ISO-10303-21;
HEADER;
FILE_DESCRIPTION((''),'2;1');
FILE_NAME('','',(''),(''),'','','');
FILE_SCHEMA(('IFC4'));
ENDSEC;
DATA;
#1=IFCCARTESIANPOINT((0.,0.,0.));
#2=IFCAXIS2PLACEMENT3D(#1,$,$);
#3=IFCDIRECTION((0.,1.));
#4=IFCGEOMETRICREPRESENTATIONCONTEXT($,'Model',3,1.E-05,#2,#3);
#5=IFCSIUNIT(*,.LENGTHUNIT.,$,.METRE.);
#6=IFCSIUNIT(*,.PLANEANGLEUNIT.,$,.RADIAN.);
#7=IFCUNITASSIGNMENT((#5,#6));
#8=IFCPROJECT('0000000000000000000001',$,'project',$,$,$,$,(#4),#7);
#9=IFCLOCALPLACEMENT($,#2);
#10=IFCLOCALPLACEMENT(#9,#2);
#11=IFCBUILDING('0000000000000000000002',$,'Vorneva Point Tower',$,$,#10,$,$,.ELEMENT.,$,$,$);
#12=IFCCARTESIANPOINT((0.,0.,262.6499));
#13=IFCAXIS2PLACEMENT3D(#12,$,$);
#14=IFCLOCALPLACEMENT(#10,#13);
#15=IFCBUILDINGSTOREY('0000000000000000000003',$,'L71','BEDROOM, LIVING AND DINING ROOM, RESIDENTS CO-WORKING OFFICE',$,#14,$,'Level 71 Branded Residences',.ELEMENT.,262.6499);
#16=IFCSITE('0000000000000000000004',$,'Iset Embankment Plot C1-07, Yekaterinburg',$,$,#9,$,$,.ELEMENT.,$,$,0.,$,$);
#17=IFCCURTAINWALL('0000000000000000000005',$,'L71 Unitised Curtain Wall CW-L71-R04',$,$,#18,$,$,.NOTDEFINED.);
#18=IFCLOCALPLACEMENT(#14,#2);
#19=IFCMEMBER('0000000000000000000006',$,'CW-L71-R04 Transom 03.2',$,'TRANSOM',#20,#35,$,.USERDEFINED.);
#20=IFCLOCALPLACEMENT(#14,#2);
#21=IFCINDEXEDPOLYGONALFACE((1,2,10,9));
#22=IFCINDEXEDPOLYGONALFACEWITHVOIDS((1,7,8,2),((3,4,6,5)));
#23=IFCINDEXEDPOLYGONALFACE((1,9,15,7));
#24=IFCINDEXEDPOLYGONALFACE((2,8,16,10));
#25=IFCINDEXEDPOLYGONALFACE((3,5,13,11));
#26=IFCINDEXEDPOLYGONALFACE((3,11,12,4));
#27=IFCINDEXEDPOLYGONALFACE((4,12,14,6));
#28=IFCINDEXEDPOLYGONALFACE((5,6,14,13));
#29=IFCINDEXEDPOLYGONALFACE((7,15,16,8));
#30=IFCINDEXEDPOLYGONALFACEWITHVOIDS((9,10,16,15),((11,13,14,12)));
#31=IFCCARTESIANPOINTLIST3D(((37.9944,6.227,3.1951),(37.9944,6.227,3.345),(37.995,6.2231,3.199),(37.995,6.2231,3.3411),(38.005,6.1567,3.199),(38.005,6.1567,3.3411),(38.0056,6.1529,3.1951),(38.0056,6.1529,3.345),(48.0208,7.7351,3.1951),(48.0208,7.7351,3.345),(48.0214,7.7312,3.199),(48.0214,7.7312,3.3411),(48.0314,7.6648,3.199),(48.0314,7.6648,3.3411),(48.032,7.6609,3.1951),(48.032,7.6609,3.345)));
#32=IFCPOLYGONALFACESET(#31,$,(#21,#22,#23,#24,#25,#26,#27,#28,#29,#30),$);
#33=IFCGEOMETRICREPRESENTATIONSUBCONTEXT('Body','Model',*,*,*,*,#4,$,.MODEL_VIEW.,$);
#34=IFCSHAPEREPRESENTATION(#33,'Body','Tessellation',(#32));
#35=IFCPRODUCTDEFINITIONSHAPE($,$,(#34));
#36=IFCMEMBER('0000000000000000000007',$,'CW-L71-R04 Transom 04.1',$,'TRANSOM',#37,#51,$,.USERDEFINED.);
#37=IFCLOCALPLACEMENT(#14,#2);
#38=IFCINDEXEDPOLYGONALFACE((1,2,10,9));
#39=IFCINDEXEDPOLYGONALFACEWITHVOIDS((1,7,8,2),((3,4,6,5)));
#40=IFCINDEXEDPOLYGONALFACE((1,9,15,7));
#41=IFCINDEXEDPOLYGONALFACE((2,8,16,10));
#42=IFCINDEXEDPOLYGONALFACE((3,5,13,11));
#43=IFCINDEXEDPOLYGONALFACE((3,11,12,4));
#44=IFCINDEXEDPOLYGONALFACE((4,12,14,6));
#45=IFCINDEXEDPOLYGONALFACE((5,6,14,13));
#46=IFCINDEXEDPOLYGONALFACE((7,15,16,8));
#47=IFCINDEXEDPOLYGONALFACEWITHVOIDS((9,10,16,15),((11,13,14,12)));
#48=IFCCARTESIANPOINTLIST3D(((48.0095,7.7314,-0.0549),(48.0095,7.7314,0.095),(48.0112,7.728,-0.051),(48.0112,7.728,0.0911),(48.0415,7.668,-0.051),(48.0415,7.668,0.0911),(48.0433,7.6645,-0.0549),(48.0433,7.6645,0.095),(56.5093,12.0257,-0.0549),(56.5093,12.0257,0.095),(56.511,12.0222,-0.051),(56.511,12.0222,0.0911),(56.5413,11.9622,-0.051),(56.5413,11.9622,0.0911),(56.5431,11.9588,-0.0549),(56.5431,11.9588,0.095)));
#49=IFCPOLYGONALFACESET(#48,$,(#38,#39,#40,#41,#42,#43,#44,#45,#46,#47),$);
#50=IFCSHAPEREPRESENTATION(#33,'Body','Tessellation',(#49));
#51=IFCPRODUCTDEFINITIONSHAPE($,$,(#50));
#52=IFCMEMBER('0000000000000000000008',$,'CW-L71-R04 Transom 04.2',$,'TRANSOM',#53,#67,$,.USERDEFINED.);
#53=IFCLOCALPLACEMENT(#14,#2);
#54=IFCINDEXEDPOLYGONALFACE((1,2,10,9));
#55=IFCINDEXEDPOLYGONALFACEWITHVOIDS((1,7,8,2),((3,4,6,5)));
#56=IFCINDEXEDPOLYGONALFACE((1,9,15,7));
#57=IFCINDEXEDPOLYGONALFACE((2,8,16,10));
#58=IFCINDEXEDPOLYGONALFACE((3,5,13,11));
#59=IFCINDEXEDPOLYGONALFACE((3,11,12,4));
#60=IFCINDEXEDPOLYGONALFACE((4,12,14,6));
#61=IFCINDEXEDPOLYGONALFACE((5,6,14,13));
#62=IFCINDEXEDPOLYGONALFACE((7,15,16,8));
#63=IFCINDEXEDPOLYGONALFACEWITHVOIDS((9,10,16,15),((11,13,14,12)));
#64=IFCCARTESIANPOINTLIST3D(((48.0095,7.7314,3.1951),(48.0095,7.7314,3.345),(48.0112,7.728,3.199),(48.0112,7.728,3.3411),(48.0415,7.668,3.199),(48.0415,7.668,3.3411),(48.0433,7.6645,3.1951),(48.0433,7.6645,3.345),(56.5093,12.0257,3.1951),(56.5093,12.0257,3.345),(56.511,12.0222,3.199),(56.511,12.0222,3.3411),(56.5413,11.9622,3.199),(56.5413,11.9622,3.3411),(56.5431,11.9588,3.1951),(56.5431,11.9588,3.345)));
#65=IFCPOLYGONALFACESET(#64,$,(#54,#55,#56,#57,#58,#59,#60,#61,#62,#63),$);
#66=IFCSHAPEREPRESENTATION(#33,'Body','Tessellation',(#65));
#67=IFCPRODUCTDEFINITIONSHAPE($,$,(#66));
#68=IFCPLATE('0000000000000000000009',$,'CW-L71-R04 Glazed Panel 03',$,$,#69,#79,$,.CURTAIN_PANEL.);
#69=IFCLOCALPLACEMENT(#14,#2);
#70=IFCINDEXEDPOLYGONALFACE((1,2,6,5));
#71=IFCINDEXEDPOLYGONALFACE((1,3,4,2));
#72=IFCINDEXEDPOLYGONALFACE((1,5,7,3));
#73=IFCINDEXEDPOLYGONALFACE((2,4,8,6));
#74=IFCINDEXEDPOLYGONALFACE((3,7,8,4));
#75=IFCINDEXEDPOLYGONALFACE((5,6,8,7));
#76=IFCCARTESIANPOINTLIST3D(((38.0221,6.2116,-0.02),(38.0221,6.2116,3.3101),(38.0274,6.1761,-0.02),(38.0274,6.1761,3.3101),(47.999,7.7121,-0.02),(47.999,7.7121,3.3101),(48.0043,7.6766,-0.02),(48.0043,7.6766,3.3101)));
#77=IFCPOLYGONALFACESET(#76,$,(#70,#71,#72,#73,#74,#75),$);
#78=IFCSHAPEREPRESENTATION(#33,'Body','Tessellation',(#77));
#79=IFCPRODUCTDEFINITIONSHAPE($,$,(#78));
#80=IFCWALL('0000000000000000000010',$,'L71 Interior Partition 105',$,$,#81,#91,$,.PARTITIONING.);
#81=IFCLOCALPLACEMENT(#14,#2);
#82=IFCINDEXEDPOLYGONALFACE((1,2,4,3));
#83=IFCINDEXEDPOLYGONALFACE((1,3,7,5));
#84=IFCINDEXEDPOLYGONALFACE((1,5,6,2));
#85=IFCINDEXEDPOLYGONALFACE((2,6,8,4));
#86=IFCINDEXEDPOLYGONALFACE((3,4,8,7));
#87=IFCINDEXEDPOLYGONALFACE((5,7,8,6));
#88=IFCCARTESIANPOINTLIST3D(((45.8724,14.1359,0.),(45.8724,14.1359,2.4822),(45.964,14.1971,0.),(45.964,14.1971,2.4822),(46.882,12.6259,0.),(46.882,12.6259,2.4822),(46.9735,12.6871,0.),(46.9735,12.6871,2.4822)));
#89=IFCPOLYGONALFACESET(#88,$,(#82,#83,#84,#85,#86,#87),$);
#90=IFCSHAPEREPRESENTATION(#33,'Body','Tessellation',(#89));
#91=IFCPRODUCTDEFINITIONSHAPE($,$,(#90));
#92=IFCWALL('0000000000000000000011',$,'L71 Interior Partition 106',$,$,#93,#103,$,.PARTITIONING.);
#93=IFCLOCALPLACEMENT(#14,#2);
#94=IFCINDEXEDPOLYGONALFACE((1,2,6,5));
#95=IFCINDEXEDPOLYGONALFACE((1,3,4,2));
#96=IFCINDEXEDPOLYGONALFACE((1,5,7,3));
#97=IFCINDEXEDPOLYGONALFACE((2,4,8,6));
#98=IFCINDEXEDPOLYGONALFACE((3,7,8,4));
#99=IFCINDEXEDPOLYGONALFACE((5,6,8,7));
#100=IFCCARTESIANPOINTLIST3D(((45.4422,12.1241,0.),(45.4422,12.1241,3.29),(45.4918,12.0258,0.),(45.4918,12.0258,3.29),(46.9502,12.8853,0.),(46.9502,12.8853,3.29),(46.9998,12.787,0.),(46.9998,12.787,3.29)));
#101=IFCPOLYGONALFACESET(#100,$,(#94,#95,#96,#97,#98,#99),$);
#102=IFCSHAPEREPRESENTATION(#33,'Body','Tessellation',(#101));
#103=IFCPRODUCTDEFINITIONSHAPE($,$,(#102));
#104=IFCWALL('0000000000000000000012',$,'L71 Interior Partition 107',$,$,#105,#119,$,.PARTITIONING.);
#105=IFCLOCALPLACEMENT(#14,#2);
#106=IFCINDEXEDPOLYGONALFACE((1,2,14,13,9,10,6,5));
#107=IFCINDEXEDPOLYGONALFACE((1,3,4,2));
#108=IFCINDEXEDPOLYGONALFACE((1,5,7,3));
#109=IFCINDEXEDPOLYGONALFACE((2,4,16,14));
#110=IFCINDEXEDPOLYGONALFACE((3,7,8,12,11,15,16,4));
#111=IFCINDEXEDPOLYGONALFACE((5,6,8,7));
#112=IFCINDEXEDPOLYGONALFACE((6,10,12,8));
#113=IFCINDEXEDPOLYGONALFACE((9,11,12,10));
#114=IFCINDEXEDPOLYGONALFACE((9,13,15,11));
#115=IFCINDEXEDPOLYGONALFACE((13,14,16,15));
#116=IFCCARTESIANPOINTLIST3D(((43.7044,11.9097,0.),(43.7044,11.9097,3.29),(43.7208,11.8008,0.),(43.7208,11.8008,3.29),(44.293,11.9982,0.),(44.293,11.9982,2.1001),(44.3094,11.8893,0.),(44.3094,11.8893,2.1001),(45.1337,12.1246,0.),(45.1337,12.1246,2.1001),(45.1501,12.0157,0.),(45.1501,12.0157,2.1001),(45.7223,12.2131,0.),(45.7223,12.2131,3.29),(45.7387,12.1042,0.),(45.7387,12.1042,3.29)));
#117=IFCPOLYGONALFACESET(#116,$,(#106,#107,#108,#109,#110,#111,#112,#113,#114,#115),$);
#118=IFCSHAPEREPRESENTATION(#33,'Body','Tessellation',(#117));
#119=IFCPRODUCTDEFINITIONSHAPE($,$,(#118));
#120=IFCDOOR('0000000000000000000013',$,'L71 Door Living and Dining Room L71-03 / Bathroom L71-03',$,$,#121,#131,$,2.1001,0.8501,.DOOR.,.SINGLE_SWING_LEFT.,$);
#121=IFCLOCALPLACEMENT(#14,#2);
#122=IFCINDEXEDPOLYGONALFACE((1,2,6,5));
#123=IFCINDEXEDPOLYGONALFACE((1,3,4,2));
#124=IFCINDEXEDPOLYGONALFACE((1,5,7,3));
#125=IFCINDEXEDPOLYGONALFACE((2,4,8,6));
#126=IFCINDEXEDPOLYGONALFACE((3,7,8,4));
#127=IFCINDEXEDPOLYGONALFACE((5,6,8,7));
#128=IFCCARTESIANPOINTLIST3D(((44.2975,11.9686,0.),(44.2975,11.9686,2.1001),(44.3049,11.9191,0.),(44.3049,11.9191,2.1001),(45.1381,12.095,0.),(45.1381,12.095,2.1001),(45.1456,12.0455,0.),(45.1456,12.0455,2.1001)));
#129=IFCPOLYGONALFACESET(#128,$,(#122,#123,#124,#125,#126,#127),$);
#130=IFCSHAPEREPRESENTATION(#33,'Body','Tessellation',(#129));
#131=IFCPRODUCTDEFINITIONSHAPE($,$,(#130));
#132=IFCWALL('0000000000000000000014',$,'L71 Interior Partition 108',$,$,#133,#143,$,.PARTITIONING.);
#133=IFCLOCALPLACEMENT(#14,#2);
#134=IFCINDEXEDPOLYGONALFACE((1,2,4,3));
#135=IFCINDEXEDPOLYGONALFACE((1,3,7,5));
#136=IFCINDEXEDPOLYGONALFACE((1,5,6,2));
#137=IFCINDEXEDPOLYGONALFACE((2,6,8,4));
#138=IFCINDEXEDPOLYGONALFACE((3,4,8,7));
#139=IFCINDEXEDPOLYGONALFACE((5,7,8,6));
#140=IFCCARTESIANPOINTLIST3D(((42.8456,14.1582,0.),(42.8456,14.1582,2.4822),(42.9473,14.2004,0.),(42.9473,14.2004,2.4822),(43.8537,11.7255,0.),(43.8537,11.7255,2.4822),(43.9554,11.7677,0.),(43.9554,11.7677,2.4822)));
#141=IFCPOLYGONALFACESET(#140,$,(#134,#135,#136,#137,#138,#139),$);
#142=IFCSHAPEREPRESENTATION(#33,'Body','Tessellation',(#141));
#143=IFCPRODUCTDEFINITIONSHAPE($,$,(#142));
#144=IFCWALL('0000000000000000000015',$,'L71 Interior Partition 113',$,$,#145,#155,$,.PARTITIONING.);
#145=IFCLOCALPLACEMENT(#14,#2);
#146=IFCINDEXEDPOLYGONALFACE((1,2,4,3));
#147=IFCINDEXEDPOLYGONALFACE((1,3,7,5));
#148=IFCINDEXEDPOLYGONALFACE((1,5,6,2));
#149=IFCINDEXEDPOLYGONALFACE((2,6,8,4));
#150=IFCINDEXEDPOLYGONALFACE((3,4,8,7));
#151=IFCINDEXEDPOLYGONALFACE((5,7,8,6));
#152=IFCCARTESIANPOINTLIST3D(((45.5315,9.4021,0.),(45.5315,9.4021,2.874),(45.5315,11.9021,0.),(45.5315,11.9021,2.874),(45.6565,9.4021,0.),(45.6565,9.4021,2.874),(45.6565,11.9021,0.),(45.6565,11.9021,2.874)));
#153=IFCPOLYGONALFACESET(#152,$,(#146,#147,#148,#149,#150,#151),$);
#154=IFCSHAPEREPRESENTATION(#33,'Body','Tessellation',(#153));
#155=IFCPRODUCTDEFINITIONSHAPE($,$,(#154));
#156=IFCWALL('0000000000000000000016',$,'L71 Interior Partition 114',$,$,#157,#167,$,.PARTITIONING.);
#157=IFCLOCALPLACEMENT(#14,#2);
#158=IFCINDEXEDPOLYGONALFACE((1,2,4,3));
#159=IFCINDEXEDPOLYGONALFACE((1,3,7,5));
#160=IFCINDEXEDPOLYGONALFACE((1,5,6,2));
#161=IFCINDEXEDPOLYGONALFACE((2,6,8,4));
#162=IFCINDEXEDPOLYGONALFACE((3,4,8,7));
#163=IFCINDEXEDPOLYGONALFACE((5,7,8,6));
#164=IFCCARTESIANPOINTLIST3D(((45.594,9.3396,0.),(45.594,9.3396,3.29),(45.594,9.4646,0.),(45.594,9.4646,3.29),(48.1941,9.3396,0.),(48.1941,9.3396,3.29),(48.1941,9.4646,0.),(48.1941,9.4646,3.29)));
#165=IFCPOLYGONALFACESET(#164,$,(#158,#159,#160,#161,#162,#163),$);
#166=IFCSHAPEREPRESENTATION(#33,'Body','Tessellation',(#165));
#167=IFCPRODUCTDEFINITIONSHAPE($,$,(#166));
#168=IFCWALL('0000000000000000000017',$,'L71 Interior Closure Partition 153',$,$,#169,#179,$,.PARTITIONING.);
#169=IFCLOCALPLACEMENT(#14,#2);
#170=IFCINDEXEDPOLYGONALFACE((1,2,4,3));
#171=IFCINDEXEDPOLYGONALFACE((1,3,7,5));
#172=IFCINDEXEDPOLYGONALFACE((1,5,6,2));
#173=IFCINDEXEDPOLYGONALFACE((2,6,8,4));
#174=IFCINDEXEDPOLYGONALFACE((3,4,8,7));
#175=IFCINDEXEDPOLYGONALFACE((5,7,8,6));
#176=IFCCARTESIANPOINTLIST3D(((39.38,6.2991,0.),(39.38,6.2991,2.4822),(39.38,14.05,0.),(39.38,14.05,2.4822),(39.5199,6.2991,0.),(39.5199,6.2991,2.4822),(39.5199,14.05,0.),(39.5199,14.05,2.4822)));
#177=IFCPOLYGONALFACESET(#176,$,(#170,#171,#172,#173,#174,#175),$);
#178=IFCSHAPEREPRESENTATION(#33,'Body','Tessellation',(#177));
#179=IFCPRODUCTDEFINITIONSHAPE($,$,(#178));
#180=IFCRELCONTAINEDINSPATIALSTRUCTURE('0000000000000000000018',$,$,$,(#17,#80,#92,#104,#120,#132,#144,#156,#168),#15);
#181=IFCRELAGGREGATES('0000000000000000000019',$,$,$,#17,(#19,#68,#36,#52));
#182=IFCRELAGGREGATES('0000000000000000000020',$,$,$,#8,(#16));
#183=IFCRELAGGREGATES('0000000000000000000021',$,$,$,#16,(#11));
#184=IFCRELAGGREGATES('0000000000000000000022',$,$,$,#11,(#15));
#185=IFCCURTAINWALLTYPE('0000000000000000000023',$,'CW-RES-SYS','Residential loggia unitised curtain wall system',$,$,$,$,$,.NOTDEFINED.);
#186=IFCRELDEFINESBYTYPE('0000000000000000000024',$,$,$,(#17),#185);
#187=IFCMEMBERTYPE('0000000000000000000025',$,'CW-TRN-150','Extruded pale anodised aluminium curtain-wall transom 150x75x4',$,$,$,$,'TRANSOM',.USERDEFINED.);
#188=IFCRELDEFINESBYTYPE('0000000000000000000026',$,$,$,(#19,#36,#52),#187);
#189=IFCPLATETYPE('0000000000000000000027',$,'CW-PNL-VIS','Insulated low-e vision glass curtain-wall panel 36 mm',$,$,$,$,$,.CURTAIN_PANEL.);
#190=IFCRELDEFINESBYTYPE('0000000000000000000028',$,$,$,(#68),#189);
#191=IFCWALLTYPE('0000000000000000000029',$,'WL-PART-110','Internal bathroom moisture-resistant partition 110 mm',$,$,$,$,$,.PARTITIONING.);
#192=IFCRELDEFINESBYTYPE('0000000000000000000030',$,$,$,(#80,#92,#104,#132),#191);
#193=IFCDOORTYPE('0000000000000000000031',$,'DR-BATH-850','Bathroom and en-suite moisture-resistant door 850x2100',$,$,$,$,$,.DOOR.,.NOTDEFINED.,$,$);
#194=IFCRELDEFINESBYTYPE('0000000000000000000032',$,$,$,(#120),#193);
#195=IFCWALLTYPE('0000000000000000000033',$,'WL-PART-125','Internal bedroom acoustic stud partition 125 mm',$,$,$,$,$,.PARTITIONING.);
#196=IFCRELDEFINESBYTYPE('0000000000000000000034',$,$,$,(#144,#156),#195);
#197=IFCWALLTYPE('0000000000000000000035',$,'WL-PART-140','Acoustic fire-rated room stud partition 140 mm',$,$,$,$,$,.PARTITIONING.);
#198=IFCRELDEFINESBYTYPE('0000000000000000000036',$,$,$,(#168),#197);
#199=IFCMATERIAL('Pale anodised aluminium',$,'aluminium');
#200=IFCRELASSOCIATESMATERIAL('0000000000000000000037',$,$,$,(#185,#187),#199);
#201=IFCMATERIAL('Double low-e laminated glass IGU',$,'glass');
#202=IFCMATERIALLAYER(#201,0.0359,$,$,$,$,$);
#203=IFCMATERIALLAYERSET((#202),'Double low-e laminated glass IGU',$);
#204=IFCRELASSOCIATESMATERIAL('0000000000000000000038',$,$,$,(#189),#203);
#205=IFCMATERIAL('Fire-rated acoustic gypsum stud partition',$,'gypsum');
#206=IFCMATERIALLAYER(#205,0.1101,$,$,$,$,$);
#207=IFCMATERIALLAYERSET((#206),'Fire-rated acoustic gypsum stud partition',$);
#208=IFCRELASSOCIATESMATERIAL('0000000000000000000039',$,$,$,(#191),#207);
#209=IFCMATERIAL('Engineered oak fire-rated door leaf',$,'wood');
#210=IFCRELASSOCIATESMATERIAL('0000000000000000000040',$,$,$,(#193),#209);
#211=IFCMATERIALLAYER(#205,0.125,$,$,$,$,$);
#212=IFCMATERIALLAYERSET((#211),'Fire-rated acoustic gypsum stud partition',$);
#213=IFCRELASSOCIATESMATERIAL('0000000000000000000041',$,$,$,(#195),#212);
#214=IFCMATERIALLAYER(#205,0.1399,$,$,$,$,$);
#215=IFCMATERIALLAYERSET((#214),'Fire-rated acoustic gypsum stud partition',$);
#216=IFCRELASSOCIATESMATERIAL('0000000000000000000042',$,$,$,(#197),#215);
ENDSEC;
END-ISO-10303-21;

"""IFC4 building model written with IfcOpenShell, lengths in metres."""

from ifc_helpers import new_model, si_unit, direction, frame, frame_2d, origin, origin_2d, place, context, subcontext, project, spatial, rectangle, hollow_rectangle, extrude, material, layer, layer_set, material_profile, profile_set, type_object, element, fill, aggregate, save


model = new_model("IFC4")

# Units and contexts
model_context = context("Model", 3, precision=1e-05, world=origin(), true_north=direction((0.0, 1.0)))
body_context = subcontext(model_context, "Body", "Model", "MODEL_VIEW")
ifc_project = project(units=[si_unit("LENGTHUNIT", "METRE"), si_unit("PLANEANGLEUNIT", "RADIAN")], contexts=[model_context])

# Site, building, storey
site_placement = place(None, origin())
site = spatial("IfcSite", under=ifc_project, at=site_placement, Name="Iset Embankment Plot C1-07, Yekaterinburg", CompositionType="ELEMENT", RefElevation=0.0)
building_placement = place(site_placement, origin())
building = spatial("IfcBuilding", under=site, at=building_placement, Name="Vorneva Point Tower", CompositionType="ELEMENT")
storey_placement = place(building_placement, frame((0.0, 0.0, 262.6499)))
storey = spatial("IfcBuildingStorey", under=building, at=storey_placement, Name="L71", Description="BEDROOM, LIVING AND DINING ROOM, RESIDENTS CO-WORKING OFFICE", LongName="Level 71 Branded Residences", CompositionType="ELEMENT", Elevation=262.6499)

# Curtain wall, members, plate
ifc_material_1 = material(Name="Pale anodised aluminium", Category="aluminium")
curtain_wall_type = type_object("IfcCurtainWallType", Name="CW-RES-SYS", Description="Residential loggia unitised curtain wall system", PredefinedType="NOTDEFINED", material=ifc_material_1)
curtain_wall_placement = place(storey_placement, origin())
curtain_wall = element("IfcCurtainWall", 1, at=curtain_wall_placement, inside=storey, type_object=curtain_wall_type, Name="L71 Unitised Curtain Wall CW-L71-R04", PredefinedType="NOTDEFINED")
ifc_material_profile_1 = material_profile(ifc_material_1, hollow_rectangle(XDim=0.075, YDim=0.1499, WallThickness=0.0039, at=origin_2d()), Name="AL-TRN 150x75x4")
ifc_profile_set_1 = profile_set([ifc_material_profile_1], Name="Pale anodised aluminium")
member_type_1 = type_object("IfcMemberType", Name="CW-TRN-150", Description="Extruded pale anodised aluminium curtain-wall transom 150x75x4", ElementType="TRANSOM", PredefinedType="USERDEFINED", material=ifc_profile_set_1)
member_1_placement = place(storey_placement, frame((38.0, 6.1899, 3.27), z_axis=(0.988877, 0.148736, 0.0), x_axis=(-0.148736, 0.988877, 0.0)))
member_1 = element("IfcMember", 2, at=member_1_placement, type_object=member_type_1, Name="CW-L71-R04 Transom 03.2", ObjectType="TRANSOM", PredefinedType="USERDEFINED", context=body_context, shape_type="SweptSolid", body=[
    extrude(hollow_rectangle(XDim=0.075, YDim=0.1499, WallThickness=0.0039, at=origin_2d()), origin(), (0.0, 0.0, 1.0), 10.1392),
])
member_2_placement = place(storey_placement, frame((48.0264, 7.698, 0.02), z_axis=(0.892558, 0.450932, 0.0), x_axis=(-0.450932, 0.892558, 0.0)))
member_2 = element("IfcMember", 3, at=member_2_placement, type_object=member_type_1, Name="CW-L71-R04 Transom 04.1", ObjectType="TRANSOM", PredefinedType="USERDEFINED", context=body_context, shape_type="SweptSolid", body=[
    extrude(hollow_rectangle(XDim=0.075, YDim=0.1499, WallThickness=0.0039, at=origin_2d()), origin(), (0.0, 0.0, 1.0), 9.5229),
])
member_3_placement = place(storey_placement, frame((48.0264, 7.698, 3.27), z_axis=(0.892558, 0.450932, 0.0), x_axis=(-0.450932, 0.892558, 0.0)))
member_3 = element("IfcMember", 4, at=member_3_placement, type_object=member_type_1, Name="CW-L71-R04 Transom 04.2", ObjectType="TRANSOM", PredefinedType="USERDEFINED", context=body_context, shape_type="SweptSolid", body=[
    extrude(hollow_rectangle(XDim=0.075, YDim=0.1499, WallThickness=0.0039, at=origin_2d()), origin(), (0.0, 0.0, 1.0), 9.5229),
])
ifc_material_2 = material(Name="Double low-e laminated glass IGU", Category="glass")
ifc_layer_1 = layer(ifc_material_2, 0.0359)
ifc_layer_set_1 = layer_set([ifc_layer_1], Name="Double low-e laminated glass IGU")
plate_type = type_object("IfcPlateType", Name="CW-PNL-VIS", Description="Insulated low-e vision glass curtain-wall panel 36 mm", PredefinedType="CURTAIN_PANEL", material=ifc_layer_set_1)
plate_placement = place(storey_placement, frame((43.0132, 6.9441, -0.02), z_axis=(0.0, 0.0, 1.0), x_axis=(0.988879, 0.148724, 0.0)))
plate = element("IfcPlate", 5, at=plate_placement, type_object=plate_type, Name="CW-L71-R04 Glazed Panel 03", PredefinedType="CURTAIN_PANEL", context=body_context, shape_type="SweptSolid", body=[
    extrude(rectangle(XDim=10.0891, YDim=0.0359, at=origin_2d()), origin(), (0.0, 0.0, 1.0), 3.3301),
])
aggregate(curtain_wall, [member_1, plate, member_2, member_3])

# Walls
ifc_material_3 = material(Name="Fire-rated acoustic gypsum stud partition", Category="gypsum")
ifc_layer_2 = layer(ifc_material_3, 0.1101)
ifc_layer_set_2 = layer_set([ifc_layer_2], Name="Fire-rated acoustic gypsum stud partition")
wall_type_1 = type_object("IfcWallType", Name="WL-PART-110", Description="Internal bathroom moisture-resistant partition 110 mm", PredefinedType="PARTITIONING", material=ifc_layer_set_2)
wall_1_placement = place(storey_placement, frame((45.9182, 14.1665, 0.0), z_axis=(0.0, 0.0, 1.0), x_axis=(0.555785, -0.831326, 0.0)))
element("IfcWall", 6, at=wall_1_placement, inside=storey, type_object=wall_type_1, Name="L71 Interior Partition 105", PredefinedType="PARTITIONING", context=body_context, shape_type="SweptSolid", body=[
    extrude(rectangle(XDim=1.8164, YDim=0.1101, at=frame_2d((0.9082, 0.0))), origin(), (0.0, 0.0, 1.0), 2.4822),
])
wall_2_placement = place(storey_placement, frame((46.9751, 12.8362, 0.0), z_axis=(0.0, 0.0, 1.0), x_axis=(-0.892715, -0.450621, 0.0)))
element("IfcWall", 7, at=wall_2_placement, inside=storey, type_object=wall_type_1, Name="L71 Interior Partition 106", PredefinedType="PARTITIONING", context=body_context, shape_type="SweptSolid", body=[
    extrude(rectangle(XDim=1.6892, YDim=0.1101, at=frame_2d((0.8447, 0.0))), origin(), (0.0, 0.0, 1.0), 3.29),
])

# Wall, opening, door
wall_3_placement = place(storey_placement, frame((45.7305, 12.1587, 0.0), z_axis=(0.0, 0.0, 1.0), x_axis=(-0.988879, -0.148721, 0.0)))
wall_3 = element("IfcWall", 8, at=wall_3_placement, inside=storey, type_object=wall_type_1, Name="L71 Interior Partition 107", PredefinedType="PARTITIONING", context=body_context, shape_type="SweptSolid", body=[
    extrude(rectangle(XDim=2.0405, YDim=0.1101, at=frame_2d((1.0203, 0.0))), origin(), (0.0, 0.0, 1.0), 3.29),
])
opening_1_placement = place(wall_3_placement, frame((0.5952, 0.0, 0.0)))
opening_1 = element("IfcOpeningElement", 9, at=opening_1_placement, cuts=wall_3, PredefinedType="OPENING", context=body_context, shape_type="SweptSolid", body=[
    extrude(rectangle(XDim=0.8501, YDim=2.1001, at=frame_2d((0.425, 1.05))), frame((0.0, 0.0698, 0.0), z_axis=(0.0, -1.0, 0.0), x_axis=(1.0, 0.0, 0.0)), (0.0, 0.0, 1.0), 0.1399),
])
ifc_material_4 = material(Name="Engineered oak fire-rated door leaf", Category="wood")
door_type_1 = type_object("IfcDoorType", Name="DR-BATH-850", Description="Bathroom and en-suite moisture-resistant door 850x2100", OperationType="NOTDEFINED", PredefinedType="DOOR", material=ifc_material_4)
door_1_placement = place(opening_1_placement, origin())
door_1 = element("IfcDoor", 10, at=door_1_placement, inside=storey, type_object=door_type_1, Name="L71 Door Living and Dining Room L71-03 / Bathroom L71-03", OperationType="SINGLE_SWING_LEFT", OverallHeight=2.1001, OverallWidth=0.8501, PredefinedType="DOOR", context=body_context, shape_type="SweptSolid", body=[
    extrude(rectangle(XDim=0.8501, YDim=2.1001, at=frame_2d((0.425, 1.05))), frame((0.0, 0.0249, 0.0), z_axis=(0.0, -1.0, 0.0), x_axis=(1.0, 0.0, 0.0)), (0.0, 0.0, 1.0), 0.05),
])
fill(opening_1, door_1)

# Walls
wall_4_placement = place(storey_placement, frame((43.9045, 11.7466, 0.0), z_axis=(0.0, 0.0, 1.0), x_axis=(-0.382824, 0.923821, 0.0)))
element("IfcWall", 11, at=wall_4_placement, inside=storey, type_object=wall_type_1, Name="L71 Interior Partition 108", PredefinedType="PARTITIONING", context=body_context, shape_type="SweptSolid", body=[
    extrude(rectangle(XDim=2.6333, YDim=0.1101, at=frame_2d((1.3167, 0.0))), origin(), (0.0, 0.0, 1.0), 2.4822),
])
ifc_layer_3 = layer(ifc_material_3, 0.125)
ifc_layer_set_3 = layer_set([ifc_layer_3], Name="Fire-rated acoustic gypsum stud partition")
wall_type_2 = type_object("IfcWallType", Name="WL-PART-125", Description="Internal bedroom acoustic stud partition 125 mm", PredefinedType="PARTITIONING", material=ifc_layer_set_3)
wall_5_placement = place(storey_placement, frame((45.594, 11.9021, 0.0), z_axis=(0.0, 0.0, 1.0), x_axis=(0.0, -1.0, 0.0)))
element("IfcWall", 12, at=wall_5_placement, inside=storey, type_object=wall_type_2, Name="L71 Interior Partition 113", PredefinedType="PARTITIONING", context=body_context, shape_type="SweptSolid", body=[
    extrude(rectangle(XDim=2.5, YDim=0.125, at=frame_2d((1.25, 0.0))), origin(), (0.0, 0.0, 1.0), 2.874),
])
wall_6_placement = place(storey_placement, frame((45.594, 9.4021, 0.0), z_axis=(0.0, 0.0, 1.0), x_axis=(1.0, 0.0, 0.0)))
element("IfcWall", 13, at=wall_6_placement, inside=storey, type_object=wall_type_2, Name="L71 Interior Partition 114", PredefinedType="PARTITIONING", context=body_context, shape_type="SweptSolid", body=[
    extrude(rectangle(XDim=2.6001, YDim=0.125, at=frame_2d((1.3, 0.0))), origin(), (0.0, 0.0, 1.0), 3.29),
])
ifc_layer_4 = layer(ifc_material_3, 0.1399)
ifc_layer_set_4 = layer_set([ifc_layer_4], Name="Fire-rated acoustic gypsum stud partition")
wall_type_3 = type_object("IfcWallType", Name="WL-PART-140", Description="Acoustic fire-rated room stud partition 140 mm", PredefinedType="PARTITIONING", material=ifc_layer_set_4)
wall_7_placement = place(storey_placement, frame((39.45, 6.2991, 0.0), z_axis=(0.0, 0.0, 1.0), x_axis=(0.0, 1.0, 0.0)))
element("IfcWall", 14, at=wall_7_placement, inside=storey, type_object=wall_type_3, Name="L71 Interior Closure Partition 153", PredefinedType="PARTITIONING", context=body_context, shape_type="SweptSolid", body=[
    extrude(rectangle(XDim=7.751, YDim=0.1399, at=frame_2d((3.8755, 0.0))), origin(), (0.0, 0.0, 1.0), 2.4822),
])

save(model, "model.ifc")
